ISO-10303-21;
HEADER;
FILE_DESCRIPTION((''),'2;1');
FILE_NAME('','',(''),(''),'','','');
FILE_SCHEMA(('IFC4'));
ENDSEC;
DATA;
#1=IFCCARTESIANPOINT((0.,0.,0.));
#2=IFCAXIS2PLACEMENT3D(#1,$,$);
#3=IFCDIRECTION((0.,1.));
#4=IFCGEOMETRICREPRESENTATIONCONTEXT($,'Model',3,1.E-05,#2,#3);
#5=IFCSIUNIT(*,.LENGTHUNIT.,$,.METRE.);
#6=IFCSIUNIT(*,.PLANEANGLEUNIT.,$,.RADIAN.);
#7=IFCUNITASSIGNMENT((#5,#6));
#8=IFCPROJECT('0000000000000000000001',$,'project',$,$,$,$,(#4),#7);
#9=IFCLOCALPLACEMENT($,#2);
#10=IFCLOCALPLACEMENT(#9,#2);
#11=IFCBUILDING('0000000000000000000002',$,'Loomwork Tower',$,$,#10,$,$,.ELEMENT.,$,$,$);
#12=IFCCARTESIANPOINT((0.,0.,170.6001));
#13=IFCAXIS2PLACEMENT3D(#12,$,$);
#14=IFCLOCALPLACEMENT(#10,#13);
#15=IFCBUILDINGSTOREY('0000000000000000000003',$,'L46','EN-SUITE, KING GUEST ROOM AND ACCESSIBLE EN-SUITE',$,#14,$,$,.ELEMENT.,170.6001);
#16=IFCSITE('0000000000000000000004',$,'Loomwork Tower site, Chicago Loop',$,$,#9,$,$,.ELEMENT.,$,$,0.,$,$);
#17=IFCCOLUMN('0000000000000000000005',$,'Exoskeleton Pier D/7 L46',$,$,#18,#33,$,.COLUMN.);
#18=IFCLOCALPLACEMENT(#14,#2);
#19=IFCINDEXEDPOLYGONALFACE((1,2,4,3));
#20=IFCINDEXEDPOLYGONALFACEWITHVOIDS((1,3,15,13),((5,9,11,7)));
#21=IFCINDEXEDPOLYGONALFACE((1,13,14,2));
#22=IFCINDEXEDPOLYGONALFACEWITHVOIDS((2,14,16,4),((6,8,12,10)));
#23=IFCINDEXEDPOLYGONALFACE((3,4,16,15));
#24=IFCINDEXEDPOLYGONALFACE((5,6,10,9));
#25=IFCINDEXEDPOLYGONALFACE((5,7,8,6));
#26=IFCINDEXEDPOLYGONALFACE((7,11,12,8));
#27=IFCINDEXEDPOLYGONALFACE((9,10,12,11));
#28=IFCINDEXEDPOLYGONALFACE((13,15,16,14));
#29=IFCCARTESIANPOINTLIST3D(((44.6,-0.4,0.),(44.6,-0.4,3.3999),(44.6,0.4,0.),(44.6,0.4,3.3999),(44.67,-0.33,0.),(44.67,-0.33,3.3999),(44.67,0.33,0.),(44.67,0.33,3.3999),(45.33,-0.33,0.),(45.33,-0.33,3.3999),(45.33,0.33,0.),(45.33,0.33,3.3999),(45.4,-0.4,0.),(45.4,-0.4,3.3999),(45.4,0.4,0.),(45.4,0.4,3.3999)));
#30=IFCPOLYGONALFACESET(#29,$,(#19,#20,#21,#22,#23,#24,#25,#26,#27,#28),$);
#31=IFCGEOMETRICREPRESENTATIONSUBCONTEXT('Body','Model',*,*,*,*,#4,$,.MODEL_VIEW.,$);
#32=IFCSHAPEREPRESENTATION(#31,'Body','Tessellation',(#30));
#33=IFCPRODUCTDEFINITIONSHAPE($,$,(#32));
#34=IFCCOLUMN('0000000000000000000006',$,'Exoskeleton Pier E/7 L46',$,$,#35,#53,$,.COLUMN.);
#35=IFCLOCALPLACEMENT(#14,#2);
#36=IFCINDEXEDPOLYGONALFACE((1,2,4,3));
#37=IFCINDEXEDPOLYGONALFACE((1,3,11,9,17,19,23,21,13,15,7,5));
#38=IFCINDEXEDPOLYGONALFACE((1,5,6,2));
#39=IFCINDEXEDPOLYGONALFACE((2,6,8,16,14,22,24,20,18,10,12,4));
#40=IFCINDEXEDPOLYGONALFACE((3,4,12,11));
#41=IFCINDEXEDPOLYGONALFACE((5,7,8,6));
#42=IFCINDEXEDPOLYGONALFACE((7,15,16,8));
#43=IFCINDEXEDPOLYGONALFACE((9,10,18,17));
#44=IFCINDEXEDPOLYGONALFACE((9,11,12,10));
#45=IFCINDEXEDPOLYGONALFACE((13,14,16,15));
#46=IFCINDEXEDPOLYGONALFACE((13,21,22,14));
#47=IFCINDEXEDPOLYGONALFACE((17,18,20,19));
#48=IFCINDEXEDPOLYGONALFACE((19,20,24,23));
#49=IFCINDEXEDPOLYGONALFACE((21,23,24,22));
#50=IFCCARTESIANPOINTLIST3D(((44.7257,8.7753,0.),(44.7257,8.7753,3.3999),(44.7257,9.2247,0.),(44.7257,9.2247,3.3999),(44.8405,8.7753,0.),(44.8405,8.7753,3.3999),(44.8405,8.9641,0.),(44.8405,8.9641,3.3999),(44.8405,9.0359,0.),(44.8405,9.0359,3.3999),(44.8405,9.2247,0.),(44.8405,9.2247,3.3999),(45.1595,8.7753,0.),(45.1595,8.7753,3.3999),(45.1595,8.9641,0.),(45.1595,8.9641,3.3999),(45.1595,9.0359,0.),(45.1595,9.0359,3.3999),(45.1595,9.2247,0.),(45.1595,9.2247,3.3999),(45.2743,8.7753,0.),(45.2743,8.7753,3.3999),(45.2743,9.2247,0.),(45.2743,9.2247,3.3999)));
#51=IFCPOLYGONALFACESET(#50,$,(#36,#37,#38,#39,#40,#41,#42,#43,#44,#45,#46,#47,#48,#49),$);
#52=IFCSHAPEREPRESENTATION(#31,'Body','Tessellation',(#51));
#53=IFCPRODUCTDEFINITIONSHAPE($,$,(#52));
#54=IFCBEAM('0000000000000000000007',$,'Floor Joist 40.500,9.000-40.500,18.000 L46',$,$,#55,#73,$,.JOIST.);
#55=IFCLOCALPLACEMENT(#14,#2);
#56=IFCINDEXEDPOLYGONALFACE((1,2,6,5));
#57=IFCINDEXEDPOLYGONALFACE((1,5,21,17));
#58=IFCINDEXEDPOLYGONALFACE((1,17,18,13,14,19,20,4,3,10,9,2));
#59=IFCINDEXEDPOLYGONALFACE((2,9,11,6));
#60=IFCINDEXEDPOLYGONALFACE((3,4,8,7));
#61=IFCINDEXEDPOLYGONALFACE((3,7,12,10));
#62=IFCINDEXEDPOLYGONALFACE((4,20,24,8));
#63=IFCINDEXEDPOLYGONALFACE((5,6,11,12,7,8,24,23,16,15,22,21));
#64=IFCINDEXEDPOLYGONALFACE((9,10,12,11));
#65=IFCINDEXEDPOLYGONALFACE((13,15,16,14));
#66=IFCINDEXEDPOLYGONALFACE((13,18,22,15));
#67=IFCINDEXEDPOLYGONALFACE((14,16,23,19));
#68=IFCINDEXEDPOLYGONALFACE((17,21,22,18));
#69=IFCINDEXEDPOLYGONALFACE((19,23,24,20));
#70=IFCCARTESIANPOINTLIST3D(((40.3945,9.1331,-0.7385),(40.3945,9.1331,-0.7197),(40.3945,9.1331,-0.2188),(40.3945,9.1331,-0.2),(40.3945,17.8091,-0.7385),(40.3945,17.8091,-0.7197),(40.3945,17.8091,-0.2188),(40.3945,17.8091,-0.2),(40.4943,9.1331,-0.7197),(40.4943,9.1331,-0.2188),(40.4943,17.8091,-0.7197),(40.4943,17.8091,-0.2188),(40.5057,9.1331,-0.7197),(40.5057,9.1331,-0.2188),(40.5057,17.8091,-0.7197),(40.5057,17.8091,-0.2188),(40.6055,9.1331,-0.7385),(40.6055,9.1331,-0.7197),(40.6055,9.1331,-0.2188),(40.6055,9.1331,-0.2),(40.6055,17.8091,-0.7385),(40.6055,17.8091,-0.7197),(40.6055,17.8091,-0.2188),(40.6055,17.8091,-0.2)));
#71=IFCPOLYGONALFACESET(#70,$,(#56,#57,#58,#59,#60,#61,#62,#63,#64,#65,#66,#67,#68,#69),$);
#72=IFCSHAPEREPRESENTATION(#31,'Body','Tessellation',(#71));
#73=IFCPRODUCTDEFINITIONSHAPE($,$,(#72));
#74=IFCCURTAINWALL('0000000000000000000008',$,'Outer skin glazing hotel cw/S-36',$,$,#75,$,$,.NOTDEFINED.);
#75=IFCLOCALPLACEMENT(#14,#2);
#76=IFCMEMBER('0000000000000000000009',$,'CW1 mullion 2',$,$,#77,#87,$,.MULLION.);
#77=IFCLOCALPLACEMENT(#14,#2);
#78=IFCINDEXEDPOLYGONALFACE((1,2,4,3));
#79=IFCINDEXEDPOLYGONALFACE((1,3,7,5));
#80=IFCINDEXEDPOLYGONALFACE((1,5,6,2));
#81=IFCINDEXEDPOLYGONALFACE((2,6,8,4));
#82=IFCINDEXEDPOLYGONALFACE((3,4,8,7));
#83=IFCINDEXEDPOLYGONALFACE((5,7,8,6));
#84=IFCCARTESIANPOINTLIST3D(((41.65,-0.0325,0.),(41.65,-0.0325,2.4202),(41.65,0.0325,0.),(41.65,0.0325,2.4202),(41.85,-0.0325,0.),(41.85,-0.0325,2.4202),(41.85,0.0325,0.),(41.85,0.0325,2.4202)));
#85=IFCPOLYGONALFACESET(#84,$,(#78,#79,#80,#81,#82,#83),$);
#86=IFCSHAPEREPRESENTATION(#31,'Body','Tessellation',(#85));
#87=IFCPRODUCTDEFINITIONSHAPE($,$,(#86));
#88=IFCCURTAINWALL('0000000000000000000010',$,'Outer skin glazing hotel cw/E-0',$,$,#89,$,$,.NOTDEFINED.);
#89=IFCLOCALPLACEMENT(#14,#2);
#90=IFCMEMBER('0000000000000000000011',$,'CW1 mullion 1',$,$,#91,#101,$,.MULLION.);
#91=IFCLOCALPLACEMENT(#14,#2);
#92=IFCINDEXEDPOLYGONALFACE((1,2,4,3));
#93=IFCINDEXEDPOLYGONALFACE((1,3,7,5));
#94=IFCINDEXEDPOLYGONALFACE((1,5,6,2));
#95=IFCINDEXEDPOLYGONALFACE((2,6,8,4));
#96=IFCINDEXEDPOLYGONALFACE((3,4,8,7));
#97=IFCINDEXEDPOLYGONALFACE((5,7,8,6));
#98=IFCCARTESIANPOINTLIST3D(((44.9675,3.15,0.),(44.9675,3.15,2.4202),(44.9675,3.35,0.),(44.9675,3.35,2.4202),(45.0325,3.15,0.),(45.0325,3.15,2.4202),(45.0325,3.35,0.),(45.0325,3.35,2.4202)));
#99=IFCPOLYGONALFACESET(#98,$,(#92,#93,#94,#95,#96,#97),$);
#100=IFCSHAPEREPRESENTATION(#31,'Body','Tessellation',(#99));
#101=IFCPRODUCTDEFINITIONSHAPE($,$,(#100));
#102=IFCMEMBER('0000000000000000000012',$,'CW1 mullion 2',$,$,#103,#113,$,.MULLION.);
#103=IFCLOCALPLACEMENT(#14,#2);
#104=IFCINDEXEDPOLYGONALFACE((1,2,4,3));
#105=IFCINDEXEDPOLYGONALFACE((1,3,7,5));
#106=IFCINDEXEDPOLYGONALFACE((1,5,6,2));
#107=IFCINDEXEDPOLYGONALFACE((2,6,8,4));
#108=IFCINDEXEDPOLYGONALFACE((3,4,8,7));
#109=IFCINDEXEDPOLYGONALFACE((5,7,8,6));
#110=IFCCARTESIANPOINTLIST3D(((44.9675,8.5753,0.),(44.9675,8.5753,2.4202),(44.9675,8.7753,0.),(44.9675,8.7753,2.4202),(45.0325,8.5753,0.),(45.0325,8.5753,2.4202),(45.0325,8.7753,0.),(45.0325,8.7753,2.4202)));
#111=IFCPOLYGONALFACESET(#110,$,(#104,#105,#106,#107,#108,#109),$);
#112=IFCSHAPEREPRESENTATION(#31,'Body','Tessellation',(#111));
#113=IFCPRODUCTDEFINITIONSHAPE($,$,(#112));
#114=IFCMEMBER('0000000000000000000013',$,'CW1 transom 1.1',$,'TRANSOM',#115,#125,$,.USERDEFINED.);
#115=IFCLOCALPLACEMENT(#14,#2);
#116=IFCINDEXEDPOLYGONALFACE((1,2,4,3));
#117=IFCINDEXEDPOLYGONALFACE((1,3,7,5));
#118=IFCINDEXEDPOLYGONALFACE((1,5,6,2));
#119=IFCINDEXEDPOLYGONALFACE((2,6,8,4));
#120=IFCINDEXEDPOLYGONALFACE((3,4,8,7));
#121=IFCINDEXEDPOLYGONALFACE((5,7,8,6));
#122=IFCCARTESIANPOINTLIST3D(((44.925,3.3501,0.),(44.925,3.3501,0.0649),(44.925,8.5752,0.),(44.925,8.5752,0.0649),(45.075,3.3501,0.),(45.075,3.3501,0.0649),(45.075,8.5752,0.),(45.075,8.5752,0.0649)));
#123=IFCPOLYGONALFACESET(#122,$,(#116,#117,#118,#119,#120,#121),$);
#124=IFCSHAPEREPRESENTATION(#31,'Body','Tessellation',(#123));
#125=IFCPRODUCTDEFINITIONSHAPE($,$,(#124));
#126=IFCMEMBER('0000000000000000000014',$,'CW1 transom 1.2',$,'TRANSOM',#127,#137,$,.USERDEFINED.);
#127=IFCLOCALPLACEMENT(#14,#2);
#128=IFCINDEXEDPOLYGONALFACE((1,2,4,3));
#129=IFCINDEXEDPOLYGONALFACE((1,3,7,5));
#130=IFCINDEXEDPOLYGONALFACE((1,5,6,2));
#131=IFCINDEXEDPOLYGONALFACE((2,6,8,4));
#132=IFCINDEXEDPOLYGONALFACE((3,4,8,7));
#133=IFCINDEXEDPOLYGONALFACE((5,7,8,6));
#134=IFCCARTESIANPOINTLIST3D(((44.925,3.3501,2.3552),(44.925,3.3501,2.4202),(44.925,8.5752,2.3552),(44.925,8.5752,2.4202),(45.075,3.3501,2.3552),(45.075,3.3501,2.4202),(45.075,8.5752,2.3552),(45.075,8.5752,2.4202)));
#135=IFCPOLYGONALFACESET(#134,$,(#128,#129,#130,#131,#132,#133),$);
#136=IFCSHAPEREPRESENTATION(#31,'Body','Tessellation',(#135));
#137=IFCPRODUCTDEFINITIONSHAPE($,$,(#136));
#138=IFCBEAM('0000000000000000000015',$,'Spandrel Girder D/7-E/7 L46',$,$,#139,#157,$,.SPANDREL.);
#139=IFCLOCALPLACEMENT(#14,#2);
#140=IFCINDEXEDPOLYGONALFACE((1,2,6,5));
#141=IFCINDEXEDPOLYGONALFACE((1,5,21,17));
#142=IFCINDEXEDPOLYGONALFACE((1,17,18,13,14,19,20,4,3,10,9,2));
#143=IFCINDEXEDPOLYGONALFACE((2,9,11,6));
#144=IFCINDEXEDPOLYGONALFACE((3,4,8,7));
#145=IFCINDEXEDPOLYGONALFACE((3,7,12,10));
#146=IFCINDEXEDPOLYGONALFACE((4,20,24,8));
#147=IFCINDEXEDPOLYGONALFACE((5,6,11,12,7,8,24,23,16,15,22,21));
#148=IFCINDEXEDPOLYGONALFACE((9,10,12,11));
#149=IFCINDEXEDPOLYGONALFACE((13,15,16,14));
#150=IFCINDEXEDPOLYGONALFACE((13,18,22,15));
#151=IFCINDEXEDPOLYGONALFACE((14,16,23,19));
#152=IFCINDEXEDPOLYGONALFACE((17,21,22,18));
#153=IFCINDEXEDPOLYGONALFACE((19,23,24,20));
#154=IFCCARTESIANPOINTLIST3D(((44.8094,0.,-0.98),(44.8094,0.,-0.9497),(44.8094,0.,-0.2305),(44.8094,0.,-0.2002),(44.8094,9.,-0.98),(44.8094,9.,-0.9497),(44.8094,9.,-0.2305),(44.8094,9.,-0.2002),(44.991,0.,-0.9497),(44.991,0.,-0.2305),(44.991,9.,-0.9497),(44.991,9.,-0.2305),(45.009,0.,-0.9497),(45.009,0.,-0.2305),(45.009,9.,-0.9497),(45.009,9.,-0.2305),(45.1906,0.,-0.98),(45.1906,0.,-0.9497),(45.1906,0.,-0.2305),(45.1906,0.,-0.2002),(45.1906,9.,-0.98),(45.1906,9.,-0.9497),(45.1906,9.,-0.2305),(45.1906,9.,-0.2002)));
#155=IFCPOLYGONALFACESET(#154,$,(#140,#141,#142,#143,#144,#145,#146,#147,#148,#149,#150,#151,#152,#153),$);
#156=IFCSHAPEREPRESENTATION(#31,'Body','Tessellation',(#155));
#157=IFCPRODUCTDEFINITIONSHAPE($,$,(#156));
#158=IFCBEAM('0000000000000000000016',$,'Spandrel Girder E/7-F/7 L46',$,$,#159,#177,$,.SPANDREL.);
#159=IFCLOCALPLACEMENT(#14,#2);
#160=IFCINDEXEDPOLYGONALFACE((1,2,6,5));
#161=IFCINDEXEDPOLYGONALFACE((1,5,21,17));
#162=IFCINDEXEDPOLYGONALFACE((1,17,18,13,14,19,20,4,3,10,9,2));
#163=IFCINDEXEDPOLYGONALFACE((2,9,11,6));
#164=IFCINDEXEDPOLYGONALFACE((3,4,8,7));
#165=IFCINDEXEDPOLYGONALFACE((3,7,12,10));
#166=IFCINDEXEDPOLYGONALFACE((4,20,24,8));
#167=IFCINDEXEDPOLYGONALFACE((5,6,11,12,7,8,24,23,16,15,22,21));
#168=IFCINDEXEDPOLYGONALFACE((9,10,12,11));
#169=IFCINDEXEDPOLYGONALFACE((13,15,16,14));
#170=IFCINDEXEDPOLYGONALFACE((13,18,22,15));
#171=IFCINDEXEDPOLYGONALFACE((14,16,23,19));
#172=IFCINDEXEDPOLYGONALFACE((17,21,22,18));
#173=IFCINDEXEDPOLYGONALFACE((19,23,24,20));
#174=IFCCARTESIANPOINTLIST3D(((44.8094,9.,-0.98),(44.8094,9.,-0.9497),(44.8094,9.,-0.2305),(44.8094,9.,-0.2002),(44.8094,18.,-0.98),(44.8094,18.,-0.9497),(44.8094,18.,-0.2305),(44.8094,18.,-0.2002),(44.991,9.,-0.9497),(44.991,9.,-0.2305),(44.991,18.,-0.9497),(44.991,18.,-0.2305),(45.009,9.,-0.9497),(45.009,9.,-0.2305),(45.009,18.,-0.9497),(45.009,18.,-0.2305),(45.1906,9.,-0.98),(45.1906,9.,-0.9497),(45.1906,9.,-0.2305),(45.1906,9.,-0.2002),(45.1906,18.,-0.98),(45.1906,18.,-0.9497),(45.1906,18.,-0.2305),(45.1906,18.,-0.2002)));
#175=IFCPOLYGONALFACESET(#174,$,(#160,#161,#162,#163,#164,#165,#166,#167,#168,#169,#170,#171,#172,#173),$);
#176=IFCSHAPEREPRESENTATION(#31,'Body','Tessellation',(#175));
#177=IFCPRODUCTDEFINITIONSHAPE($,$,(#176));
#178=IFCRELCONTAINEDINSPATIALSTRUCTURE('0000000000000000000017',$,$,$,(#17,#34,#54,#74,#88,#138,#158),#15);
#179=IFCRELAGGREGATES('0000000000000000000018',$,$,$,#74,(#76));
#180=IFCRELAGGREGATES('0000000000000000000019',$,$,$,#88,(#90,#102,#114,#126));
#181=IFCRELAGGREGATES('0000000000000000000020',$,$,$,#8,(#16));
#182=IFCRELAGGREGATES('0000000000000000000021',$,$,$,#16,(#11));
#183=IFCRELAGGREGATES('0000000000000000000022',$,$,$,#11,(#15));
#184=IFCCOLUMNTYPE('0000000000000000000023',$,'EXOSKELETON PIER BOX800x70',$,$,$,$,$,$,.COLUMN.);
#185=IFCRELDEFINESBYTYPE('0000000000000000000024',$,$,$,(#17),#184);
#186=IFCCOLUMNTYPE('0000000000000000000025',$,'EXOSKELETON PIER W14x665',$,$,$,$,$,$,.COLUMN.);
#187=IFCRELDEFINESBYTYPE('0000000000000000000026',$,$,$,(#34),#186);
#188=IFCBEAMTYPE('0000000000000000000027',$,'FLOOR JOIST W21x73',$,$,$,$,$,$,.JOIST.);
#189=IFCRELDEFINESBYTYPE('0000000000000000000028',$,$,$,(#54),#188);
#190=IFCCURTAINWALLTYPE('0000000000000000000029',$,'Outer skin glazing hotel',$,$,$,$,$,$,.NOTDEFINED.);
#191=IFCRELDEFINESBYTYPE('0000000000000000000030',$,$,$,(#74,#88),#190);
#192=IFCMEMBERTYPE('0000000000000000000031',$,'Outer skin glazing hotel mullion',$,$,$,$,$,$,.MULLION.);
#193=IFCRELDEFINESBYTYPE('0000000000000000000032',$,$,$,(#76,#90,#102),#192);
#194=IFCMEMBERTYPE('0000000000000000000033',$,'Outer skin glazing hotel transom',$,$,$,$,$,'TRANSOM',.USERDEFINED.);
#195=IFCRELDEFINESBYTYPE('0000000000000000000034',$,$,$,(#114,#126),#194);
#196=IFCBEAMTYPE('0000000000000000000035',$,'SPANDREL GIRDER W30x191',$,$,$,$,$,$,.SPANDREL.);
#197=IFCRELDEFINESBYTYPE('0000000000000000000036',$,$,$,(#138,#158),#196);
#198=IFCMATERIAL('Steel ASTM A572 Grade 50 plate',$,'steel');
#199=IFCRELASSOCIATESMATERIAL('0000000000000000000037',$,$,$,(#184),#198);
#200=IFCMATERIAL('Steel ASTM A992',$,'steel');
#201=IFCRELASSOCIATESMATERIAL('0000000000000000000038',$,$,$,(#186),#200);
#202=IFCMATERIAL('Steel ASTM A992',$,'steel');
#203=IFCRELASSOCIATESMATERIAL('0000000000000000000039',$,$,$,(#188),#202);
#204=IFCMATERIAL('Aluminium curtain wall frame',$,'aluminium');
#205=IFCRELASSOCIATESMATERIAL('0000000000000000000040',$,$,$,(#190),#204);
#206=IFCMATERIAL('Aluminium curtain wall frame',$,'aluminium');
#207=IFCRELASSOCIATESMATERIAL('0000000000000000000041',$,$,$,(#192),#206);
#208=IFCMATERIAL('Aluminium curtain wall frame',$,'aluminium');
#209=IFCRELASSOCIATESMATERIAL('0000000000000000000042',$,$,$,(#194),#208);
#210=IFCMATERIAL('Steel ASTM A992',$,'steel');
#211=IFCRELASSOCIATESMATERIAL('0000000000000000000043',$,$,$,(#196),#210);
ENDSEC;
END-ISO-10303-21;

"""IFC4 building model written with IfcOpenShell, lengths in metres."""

from ifc_helpers import new_model, si_unit, direction, frame, origin, origin_2d, place, context, subcontext, project, spatial, rectangle, hollow_rectangle, i_section, extrude, material, material_profile, profile_set, type_object, element, aggregate, save


model = new_model("IFC4")

# Units and contexts
model_context = context("Model", 3, precision=1e-05, world=origin(), true_north=direction((0.0, 1.0)))
body_context = subcontext(model_context, "Body", "Model", "MODEL_VIEW")
ifc_project = project(units=[si_unit("LENGTHUNIT", "METRE"), si_unit("PLANEANGLEUNIT", "RADIAN")], contexts=[model_context])

# Site, building, storey
site_placement = place(None, origin())
site = spatial("IfcSite", under=ifc_project, at=site_placement, Name="Loomwork Tower site, Chicago Loop", CompositionType="ELEMENT", RefElevation=0.0)
building_placement = place(site_placement, origin())
building = spatial("IfcBuilding", under=site, at=building_placement, Name="Loomwork Tower", CompositionType="ELEMENT")
storey_placement = place(building_placement, frame((0.0, 0.0, 170.6001)))
storey = spatial("IfcBuildingStorey", under=building, at=storey_placement, Name="L46", Description="EN-SUITE, KING GUEST ROOM AND ACCESSIBLE EN-SUITE", CompositionType="ELEMENT", Elevation=170.6001)

# Columns
ifc_material_1 = material(Name="Steel ASTM A572 Grade 50 plate", Category="steel")
ifc_material_profile_1 = material_profile(ifc_material_1, hollow_rectangle(XDim=0.8, YDim=0.8, WallThickness=0.0701, at=origin_2d()), Name="BOX800x70")
ifc_profile_set_1 = profile_set([ifc_material_profile_1], Name="Steel ASTM A572 Grade 50 plate")
column_type_1 = type_object("IfcColumnType", Name="EXOSKELETON PIER BOX800x70", PredefinedType="COLUMN", material=ifc_profile_set_1)
column_1_placement = place(storey_placement, frame((45.0, 0.0, 0.0), z_axis=(0.0, 0.0, 1.0), x_axis=(1.0, 0.0, 0.0)))
element("IfcColumn", 1, at=column_1_placement, inside=storey, type_object=column_type_1, Name="Exoskeleton Pier D/7 L46", PredefinedType="COLUMN", context=body_context, shape_type="SweptSolid", body=[
    extrude(hollow_rectangle(XDim=0.8, YDim=0.8, WallThickness=0.0701, at=origin_2d()), origin(), (0.0, 0.0, 1.0), 3.3999),
])
ifc_material_2 = material(Name="Steel ASTM A992", Category="steel")
ifc_material_profile_2 = material_profile(ifc_material_2, i_section(OverallWidth=0.4495, OverallDepth=0.5486, WebThickness=0.0718, FlangeThickness=0.1147, at=origin_2d()), Name="W14x665")
ifc_profile_set_2 = profile_set([ifc_material_profile_2], Name="Steel ASTM A992")
column_type_2 = type_object("IfcColumnType", Name="EXOSKELETON PIER W14x665", PredefinedType="COLUMN", material=ifc_profile_set_2)
column_2_placement = place(storey_placement, frame((45.0, 9.0, 0.0), z_axis=(0.0, 0.0, 1.0), x_axis=(0.0, 1.0, 0.0)))
element("IfcColumn", 2, at=column_2_placement, inside=storey, type_object=column_type_2, Name="Exoskeleton Pier E/7 L46", PredefinedType="COLUMN", context=body_context, shape_type="SweptSolid", body=[
    extrude(i_section(OverallWidth=0.4495, OverallDepth=0.5486, WebThickness=0.0718, FlangeThickness=0.1147, at=origin_2d()), origin(), (0.0, 0.0, 1.0), 3.3999),
])

# Beam
ifc_material_3 = material(Name="Steel ASTM A992", Category="steel")
ifc_material_profile_3 = material_profile(ifc_material_3, i_section(OverallWidth=0.2109, OverallDepth=0.5386, WebThickness=0.0115, FlangeThickness=0.0188, at=origin_2d()), Name="W21x73")
ifc_profile_set_3 = profile_set([ifc_material_profile_3], Name="Steel ASTM A992")
beam_type_1 = type_object("IfcBeamType", Name="FLOOR JOIST W21x73", PredefinedType="JOIST", material=ifc_profile_set_3)
beam_placement = place(storey_placement, frame((40.5, 9.1331, -0.4692), z_axis=(0.0, 1.0, 0.0), x_axis=(-1.0, 0.0, 0.0)))
element("IfcBeam", 3, at=beam_placement, inside=storey, type_object=beam_type_1, Name="Floor Joist 40.500,9.000-40.500,18.000 L46", PredefinedType="JOIST", context=body_context, shape_type="SweptSolid", body=[
    extrude(i_section(OverallWidth=0.2109, OverallDepth=0.5386, WebThickness=0.0115, FlangeThickness=0.0188, at=origin_2d()), origin(), (0.0, 0.0, 1.0), 8.676),
])

# Curtain wall, member
ifc_material_4 = material(Name="Aluminium curtain wall frame", Category="aluminium")
curtain_wall_type = type_object("IfcCurtainWallType", Name="Outer skin glazing hotel", PredefinedType="NOTDEFINED", material=ifc_material_4)
curtain_wall_1_placement = place(storey_placement, origin())
curtain_wall_1 = element("IfcCurtainWall", 4, at=curtain_wall_1_placement, inside=storey, type_object=curtain_wall_type, Name="Outer skin glazing hotel cw/S-36", PredefinedType="NOTDEFINED")
ifc_material_5 = material(Name="Aluminium curtain wall frame", Category="aluminium")
ifc_material_profile_4 = material_profile(ifc_material_5, rectangle(XDim=0.0649, YDim=0.2, at=origin_2d()), Name="AL 65x200")
ifc_profile_set_4 = profile_set([ifc_material_profile_4], Name="Aluminium curtain wall frame")
member_type_1 = type_object("IfcMemberType", Name="Outer skin glazing hotel mullion", PredefinedType="MULLION", material=ifc_profile_set_4)
member_1_placement = place(storey_placement, frame((41.75, 0.0, 0.0), z_axis=(0.0, 0.0, 1.0), x_axis=(0.0, 1.0, 0.0)))
member_1 = element("IfcMember", 5, at=member_1_placement, type_object=member_type_1, Name="CW1 mullion 2", PredefinedType="MULLION", context=body_context, shape_type="SweptSolid", body=[
    extrude(rectangle(XDim=0.0649, YDim=0.2, at=origin_2d()), origin(), (0.0, 0.0, 1.0), 2.4202),
])
aggregate(curtain_wall_1, [member_1])

# Curtain wall, members
curtain_wall_2_placement = place(storey_placement, origin())
curtain_wall_2 = element("IfcCurtainWall", 6, at=curtain_wall_2_placement, inside=storey, type_object=curtain_wall_type, Name="Outer skin glazing hotel cw/E-0", PredefinedType="NOTDEFINED")
member_2_placement = place(storey_placement, frame((45.0, 3.25, 0.0), z_axis=(0.0, 0.0, 1.0), x_axis=(-1.0, 0.0, 0.0)))
member_2 = element("IfcMember", 7, at=member_2_placement, type_object=member_type_1, Name="CW1 mullion 1", PredefinedType="MULLION", context=body_context, shape_type="SweptSolid", body=[
    extrude(rectangle(XDim=0.0649, YDim=0.2, at=origin_2d()), origin(), (0.0, 0.0, 1.0), 2.4202),
])
member_3_placement = place(storey_placement, frame((45.0, 8.6753, 0.0), z_axis=(0.0, 0.0, 1.0), x_axis=(-1.0, 0.0, 0.0)))
member_3 = element("IfcMember", 8, at=member_3_placement, type_object=member_type_1, Name="CW1 mullion 2", PredefinedType="MULLION", context=body_context, shape_type="SweptSolid", body=[
    extrude(rectangle(XDim=0.0649, YDim=0.2, at=origin_2d()), origin(), (0.0, 0.0, 1.0), 2.4202),
])
ifc_material_6 = material(Name="Aluminium curtain wall frame", Category="aluminium")
ifc_material_profile_5 = material_profile(ifc_material_6, rectangle(XDim=0.1499, YDim=0.0649, at=origin_2d()), Name="AL 65x150")
ifc_profile_set_5 = profile_set([ifc_material_profile_5], Name="Aluminium curtain wall frame")
member_type_2 = type_object("IfcMemberType", Name="Outer skin glazing hotel transom", ElementType="TRANSOM", PredefinedType="USERDEFINED", material=ifc_profile_set_5)
member_4_placement = place(storey_placement, frame((45.0, 3.3501, 0.0325), z_axis=(0.0, 1.0, 0.0), x_axis=(-1.0, 0.0, 0.0)))
member_4 = element("IfcMember", 9, at=member_4_placement, type_object=member_type_2, Name="CW1 transom 1.1", ObjectType="TRANSOM", PredefinedType="USERDEFINED", context=body_context, shape_type="SweptSolid", body=[
    extrude(rectangle(XDim=0.1499, YDim=0.0649, at=origin_2d()), origin(), (0.0, 0.0, 1.0), 5.2251),
])
member_5_placement = place(storey_placement, frame((45.0, 3.3501, 2.3877), z_axis=(0.0, 1.0, 0.0), x_axis=(-1.0, 0.0, 0.0)))
member_5 = element("IfcMember", 10, at=member_5_placement, type_object=member_type_2, Name="CW1 transom 1.2", ObjectType="TRANSOM", PredefinedType="USERDEFINED", context=body_context, shape_type="SweptSolid", body=[
    extrude(rectangle(XDim=0.1499, YDim=0.0649, at=origin_2d()), origin(), (0.0, 0.0, 1.0), 5.2251),
])

# Beams
ifc_material_7 = material(Name="Steel ASTM A992", Category="steel")
ifc_material_profile_6 = material_profile(ifc_material_7, i_section(OverallWidth=0.3811, OverallDepth=0.7798, WebThickness=0.0181, FlangeThickness=0.0303, at=origin_2d()), Name="W30x191")
ifc_profile_set_6 = profile_set([ifc_material_profile_6], Name="Steel ASTM A992")
beam_type_2 = type_object("IfcBeamType", Name="SPANDREL GIRDER W30x191", PredefinedType="SPANDREL", material=ifc_profile_set_6)
for number, where, z_axis, x_axis, name in (
    (11, (45.0, 0.0, -0.5901), (0.0, 1.0, 0.0), (-1.0, 0.0, 0.0), "Spandrel Girder D/7-E/7 L46"),
    (12, (45.0, 9.0, -0.5901), (0.0, 1.0, 0.0), (-1.0, 0.0, 0.0), "Spandrel Girder E/7-F/7 L46"),
):
    element("IfcBeam", number, at=place(storey_placement, frame(where, z_axis=z_axis, x_axis=x_axis)), inside=storey, type_object=beam_type_2, Name=name, PredefinedType="SPANDREL", context=body_context, shape_type="SweptSolid", body=[
        extrude(i_section(OverallWidth=0.3811, OverallDepth=0.7798, WebThickness=0.0181, FlangeThickness=0.0303, at=origin_2d()), origin(), (0.0, 0.0, 1.0), 9.0),
    ])

aggregate(curtain_wall_2, [member_2, member_3, member_4, member_5])

save(model, "model.ifc")
